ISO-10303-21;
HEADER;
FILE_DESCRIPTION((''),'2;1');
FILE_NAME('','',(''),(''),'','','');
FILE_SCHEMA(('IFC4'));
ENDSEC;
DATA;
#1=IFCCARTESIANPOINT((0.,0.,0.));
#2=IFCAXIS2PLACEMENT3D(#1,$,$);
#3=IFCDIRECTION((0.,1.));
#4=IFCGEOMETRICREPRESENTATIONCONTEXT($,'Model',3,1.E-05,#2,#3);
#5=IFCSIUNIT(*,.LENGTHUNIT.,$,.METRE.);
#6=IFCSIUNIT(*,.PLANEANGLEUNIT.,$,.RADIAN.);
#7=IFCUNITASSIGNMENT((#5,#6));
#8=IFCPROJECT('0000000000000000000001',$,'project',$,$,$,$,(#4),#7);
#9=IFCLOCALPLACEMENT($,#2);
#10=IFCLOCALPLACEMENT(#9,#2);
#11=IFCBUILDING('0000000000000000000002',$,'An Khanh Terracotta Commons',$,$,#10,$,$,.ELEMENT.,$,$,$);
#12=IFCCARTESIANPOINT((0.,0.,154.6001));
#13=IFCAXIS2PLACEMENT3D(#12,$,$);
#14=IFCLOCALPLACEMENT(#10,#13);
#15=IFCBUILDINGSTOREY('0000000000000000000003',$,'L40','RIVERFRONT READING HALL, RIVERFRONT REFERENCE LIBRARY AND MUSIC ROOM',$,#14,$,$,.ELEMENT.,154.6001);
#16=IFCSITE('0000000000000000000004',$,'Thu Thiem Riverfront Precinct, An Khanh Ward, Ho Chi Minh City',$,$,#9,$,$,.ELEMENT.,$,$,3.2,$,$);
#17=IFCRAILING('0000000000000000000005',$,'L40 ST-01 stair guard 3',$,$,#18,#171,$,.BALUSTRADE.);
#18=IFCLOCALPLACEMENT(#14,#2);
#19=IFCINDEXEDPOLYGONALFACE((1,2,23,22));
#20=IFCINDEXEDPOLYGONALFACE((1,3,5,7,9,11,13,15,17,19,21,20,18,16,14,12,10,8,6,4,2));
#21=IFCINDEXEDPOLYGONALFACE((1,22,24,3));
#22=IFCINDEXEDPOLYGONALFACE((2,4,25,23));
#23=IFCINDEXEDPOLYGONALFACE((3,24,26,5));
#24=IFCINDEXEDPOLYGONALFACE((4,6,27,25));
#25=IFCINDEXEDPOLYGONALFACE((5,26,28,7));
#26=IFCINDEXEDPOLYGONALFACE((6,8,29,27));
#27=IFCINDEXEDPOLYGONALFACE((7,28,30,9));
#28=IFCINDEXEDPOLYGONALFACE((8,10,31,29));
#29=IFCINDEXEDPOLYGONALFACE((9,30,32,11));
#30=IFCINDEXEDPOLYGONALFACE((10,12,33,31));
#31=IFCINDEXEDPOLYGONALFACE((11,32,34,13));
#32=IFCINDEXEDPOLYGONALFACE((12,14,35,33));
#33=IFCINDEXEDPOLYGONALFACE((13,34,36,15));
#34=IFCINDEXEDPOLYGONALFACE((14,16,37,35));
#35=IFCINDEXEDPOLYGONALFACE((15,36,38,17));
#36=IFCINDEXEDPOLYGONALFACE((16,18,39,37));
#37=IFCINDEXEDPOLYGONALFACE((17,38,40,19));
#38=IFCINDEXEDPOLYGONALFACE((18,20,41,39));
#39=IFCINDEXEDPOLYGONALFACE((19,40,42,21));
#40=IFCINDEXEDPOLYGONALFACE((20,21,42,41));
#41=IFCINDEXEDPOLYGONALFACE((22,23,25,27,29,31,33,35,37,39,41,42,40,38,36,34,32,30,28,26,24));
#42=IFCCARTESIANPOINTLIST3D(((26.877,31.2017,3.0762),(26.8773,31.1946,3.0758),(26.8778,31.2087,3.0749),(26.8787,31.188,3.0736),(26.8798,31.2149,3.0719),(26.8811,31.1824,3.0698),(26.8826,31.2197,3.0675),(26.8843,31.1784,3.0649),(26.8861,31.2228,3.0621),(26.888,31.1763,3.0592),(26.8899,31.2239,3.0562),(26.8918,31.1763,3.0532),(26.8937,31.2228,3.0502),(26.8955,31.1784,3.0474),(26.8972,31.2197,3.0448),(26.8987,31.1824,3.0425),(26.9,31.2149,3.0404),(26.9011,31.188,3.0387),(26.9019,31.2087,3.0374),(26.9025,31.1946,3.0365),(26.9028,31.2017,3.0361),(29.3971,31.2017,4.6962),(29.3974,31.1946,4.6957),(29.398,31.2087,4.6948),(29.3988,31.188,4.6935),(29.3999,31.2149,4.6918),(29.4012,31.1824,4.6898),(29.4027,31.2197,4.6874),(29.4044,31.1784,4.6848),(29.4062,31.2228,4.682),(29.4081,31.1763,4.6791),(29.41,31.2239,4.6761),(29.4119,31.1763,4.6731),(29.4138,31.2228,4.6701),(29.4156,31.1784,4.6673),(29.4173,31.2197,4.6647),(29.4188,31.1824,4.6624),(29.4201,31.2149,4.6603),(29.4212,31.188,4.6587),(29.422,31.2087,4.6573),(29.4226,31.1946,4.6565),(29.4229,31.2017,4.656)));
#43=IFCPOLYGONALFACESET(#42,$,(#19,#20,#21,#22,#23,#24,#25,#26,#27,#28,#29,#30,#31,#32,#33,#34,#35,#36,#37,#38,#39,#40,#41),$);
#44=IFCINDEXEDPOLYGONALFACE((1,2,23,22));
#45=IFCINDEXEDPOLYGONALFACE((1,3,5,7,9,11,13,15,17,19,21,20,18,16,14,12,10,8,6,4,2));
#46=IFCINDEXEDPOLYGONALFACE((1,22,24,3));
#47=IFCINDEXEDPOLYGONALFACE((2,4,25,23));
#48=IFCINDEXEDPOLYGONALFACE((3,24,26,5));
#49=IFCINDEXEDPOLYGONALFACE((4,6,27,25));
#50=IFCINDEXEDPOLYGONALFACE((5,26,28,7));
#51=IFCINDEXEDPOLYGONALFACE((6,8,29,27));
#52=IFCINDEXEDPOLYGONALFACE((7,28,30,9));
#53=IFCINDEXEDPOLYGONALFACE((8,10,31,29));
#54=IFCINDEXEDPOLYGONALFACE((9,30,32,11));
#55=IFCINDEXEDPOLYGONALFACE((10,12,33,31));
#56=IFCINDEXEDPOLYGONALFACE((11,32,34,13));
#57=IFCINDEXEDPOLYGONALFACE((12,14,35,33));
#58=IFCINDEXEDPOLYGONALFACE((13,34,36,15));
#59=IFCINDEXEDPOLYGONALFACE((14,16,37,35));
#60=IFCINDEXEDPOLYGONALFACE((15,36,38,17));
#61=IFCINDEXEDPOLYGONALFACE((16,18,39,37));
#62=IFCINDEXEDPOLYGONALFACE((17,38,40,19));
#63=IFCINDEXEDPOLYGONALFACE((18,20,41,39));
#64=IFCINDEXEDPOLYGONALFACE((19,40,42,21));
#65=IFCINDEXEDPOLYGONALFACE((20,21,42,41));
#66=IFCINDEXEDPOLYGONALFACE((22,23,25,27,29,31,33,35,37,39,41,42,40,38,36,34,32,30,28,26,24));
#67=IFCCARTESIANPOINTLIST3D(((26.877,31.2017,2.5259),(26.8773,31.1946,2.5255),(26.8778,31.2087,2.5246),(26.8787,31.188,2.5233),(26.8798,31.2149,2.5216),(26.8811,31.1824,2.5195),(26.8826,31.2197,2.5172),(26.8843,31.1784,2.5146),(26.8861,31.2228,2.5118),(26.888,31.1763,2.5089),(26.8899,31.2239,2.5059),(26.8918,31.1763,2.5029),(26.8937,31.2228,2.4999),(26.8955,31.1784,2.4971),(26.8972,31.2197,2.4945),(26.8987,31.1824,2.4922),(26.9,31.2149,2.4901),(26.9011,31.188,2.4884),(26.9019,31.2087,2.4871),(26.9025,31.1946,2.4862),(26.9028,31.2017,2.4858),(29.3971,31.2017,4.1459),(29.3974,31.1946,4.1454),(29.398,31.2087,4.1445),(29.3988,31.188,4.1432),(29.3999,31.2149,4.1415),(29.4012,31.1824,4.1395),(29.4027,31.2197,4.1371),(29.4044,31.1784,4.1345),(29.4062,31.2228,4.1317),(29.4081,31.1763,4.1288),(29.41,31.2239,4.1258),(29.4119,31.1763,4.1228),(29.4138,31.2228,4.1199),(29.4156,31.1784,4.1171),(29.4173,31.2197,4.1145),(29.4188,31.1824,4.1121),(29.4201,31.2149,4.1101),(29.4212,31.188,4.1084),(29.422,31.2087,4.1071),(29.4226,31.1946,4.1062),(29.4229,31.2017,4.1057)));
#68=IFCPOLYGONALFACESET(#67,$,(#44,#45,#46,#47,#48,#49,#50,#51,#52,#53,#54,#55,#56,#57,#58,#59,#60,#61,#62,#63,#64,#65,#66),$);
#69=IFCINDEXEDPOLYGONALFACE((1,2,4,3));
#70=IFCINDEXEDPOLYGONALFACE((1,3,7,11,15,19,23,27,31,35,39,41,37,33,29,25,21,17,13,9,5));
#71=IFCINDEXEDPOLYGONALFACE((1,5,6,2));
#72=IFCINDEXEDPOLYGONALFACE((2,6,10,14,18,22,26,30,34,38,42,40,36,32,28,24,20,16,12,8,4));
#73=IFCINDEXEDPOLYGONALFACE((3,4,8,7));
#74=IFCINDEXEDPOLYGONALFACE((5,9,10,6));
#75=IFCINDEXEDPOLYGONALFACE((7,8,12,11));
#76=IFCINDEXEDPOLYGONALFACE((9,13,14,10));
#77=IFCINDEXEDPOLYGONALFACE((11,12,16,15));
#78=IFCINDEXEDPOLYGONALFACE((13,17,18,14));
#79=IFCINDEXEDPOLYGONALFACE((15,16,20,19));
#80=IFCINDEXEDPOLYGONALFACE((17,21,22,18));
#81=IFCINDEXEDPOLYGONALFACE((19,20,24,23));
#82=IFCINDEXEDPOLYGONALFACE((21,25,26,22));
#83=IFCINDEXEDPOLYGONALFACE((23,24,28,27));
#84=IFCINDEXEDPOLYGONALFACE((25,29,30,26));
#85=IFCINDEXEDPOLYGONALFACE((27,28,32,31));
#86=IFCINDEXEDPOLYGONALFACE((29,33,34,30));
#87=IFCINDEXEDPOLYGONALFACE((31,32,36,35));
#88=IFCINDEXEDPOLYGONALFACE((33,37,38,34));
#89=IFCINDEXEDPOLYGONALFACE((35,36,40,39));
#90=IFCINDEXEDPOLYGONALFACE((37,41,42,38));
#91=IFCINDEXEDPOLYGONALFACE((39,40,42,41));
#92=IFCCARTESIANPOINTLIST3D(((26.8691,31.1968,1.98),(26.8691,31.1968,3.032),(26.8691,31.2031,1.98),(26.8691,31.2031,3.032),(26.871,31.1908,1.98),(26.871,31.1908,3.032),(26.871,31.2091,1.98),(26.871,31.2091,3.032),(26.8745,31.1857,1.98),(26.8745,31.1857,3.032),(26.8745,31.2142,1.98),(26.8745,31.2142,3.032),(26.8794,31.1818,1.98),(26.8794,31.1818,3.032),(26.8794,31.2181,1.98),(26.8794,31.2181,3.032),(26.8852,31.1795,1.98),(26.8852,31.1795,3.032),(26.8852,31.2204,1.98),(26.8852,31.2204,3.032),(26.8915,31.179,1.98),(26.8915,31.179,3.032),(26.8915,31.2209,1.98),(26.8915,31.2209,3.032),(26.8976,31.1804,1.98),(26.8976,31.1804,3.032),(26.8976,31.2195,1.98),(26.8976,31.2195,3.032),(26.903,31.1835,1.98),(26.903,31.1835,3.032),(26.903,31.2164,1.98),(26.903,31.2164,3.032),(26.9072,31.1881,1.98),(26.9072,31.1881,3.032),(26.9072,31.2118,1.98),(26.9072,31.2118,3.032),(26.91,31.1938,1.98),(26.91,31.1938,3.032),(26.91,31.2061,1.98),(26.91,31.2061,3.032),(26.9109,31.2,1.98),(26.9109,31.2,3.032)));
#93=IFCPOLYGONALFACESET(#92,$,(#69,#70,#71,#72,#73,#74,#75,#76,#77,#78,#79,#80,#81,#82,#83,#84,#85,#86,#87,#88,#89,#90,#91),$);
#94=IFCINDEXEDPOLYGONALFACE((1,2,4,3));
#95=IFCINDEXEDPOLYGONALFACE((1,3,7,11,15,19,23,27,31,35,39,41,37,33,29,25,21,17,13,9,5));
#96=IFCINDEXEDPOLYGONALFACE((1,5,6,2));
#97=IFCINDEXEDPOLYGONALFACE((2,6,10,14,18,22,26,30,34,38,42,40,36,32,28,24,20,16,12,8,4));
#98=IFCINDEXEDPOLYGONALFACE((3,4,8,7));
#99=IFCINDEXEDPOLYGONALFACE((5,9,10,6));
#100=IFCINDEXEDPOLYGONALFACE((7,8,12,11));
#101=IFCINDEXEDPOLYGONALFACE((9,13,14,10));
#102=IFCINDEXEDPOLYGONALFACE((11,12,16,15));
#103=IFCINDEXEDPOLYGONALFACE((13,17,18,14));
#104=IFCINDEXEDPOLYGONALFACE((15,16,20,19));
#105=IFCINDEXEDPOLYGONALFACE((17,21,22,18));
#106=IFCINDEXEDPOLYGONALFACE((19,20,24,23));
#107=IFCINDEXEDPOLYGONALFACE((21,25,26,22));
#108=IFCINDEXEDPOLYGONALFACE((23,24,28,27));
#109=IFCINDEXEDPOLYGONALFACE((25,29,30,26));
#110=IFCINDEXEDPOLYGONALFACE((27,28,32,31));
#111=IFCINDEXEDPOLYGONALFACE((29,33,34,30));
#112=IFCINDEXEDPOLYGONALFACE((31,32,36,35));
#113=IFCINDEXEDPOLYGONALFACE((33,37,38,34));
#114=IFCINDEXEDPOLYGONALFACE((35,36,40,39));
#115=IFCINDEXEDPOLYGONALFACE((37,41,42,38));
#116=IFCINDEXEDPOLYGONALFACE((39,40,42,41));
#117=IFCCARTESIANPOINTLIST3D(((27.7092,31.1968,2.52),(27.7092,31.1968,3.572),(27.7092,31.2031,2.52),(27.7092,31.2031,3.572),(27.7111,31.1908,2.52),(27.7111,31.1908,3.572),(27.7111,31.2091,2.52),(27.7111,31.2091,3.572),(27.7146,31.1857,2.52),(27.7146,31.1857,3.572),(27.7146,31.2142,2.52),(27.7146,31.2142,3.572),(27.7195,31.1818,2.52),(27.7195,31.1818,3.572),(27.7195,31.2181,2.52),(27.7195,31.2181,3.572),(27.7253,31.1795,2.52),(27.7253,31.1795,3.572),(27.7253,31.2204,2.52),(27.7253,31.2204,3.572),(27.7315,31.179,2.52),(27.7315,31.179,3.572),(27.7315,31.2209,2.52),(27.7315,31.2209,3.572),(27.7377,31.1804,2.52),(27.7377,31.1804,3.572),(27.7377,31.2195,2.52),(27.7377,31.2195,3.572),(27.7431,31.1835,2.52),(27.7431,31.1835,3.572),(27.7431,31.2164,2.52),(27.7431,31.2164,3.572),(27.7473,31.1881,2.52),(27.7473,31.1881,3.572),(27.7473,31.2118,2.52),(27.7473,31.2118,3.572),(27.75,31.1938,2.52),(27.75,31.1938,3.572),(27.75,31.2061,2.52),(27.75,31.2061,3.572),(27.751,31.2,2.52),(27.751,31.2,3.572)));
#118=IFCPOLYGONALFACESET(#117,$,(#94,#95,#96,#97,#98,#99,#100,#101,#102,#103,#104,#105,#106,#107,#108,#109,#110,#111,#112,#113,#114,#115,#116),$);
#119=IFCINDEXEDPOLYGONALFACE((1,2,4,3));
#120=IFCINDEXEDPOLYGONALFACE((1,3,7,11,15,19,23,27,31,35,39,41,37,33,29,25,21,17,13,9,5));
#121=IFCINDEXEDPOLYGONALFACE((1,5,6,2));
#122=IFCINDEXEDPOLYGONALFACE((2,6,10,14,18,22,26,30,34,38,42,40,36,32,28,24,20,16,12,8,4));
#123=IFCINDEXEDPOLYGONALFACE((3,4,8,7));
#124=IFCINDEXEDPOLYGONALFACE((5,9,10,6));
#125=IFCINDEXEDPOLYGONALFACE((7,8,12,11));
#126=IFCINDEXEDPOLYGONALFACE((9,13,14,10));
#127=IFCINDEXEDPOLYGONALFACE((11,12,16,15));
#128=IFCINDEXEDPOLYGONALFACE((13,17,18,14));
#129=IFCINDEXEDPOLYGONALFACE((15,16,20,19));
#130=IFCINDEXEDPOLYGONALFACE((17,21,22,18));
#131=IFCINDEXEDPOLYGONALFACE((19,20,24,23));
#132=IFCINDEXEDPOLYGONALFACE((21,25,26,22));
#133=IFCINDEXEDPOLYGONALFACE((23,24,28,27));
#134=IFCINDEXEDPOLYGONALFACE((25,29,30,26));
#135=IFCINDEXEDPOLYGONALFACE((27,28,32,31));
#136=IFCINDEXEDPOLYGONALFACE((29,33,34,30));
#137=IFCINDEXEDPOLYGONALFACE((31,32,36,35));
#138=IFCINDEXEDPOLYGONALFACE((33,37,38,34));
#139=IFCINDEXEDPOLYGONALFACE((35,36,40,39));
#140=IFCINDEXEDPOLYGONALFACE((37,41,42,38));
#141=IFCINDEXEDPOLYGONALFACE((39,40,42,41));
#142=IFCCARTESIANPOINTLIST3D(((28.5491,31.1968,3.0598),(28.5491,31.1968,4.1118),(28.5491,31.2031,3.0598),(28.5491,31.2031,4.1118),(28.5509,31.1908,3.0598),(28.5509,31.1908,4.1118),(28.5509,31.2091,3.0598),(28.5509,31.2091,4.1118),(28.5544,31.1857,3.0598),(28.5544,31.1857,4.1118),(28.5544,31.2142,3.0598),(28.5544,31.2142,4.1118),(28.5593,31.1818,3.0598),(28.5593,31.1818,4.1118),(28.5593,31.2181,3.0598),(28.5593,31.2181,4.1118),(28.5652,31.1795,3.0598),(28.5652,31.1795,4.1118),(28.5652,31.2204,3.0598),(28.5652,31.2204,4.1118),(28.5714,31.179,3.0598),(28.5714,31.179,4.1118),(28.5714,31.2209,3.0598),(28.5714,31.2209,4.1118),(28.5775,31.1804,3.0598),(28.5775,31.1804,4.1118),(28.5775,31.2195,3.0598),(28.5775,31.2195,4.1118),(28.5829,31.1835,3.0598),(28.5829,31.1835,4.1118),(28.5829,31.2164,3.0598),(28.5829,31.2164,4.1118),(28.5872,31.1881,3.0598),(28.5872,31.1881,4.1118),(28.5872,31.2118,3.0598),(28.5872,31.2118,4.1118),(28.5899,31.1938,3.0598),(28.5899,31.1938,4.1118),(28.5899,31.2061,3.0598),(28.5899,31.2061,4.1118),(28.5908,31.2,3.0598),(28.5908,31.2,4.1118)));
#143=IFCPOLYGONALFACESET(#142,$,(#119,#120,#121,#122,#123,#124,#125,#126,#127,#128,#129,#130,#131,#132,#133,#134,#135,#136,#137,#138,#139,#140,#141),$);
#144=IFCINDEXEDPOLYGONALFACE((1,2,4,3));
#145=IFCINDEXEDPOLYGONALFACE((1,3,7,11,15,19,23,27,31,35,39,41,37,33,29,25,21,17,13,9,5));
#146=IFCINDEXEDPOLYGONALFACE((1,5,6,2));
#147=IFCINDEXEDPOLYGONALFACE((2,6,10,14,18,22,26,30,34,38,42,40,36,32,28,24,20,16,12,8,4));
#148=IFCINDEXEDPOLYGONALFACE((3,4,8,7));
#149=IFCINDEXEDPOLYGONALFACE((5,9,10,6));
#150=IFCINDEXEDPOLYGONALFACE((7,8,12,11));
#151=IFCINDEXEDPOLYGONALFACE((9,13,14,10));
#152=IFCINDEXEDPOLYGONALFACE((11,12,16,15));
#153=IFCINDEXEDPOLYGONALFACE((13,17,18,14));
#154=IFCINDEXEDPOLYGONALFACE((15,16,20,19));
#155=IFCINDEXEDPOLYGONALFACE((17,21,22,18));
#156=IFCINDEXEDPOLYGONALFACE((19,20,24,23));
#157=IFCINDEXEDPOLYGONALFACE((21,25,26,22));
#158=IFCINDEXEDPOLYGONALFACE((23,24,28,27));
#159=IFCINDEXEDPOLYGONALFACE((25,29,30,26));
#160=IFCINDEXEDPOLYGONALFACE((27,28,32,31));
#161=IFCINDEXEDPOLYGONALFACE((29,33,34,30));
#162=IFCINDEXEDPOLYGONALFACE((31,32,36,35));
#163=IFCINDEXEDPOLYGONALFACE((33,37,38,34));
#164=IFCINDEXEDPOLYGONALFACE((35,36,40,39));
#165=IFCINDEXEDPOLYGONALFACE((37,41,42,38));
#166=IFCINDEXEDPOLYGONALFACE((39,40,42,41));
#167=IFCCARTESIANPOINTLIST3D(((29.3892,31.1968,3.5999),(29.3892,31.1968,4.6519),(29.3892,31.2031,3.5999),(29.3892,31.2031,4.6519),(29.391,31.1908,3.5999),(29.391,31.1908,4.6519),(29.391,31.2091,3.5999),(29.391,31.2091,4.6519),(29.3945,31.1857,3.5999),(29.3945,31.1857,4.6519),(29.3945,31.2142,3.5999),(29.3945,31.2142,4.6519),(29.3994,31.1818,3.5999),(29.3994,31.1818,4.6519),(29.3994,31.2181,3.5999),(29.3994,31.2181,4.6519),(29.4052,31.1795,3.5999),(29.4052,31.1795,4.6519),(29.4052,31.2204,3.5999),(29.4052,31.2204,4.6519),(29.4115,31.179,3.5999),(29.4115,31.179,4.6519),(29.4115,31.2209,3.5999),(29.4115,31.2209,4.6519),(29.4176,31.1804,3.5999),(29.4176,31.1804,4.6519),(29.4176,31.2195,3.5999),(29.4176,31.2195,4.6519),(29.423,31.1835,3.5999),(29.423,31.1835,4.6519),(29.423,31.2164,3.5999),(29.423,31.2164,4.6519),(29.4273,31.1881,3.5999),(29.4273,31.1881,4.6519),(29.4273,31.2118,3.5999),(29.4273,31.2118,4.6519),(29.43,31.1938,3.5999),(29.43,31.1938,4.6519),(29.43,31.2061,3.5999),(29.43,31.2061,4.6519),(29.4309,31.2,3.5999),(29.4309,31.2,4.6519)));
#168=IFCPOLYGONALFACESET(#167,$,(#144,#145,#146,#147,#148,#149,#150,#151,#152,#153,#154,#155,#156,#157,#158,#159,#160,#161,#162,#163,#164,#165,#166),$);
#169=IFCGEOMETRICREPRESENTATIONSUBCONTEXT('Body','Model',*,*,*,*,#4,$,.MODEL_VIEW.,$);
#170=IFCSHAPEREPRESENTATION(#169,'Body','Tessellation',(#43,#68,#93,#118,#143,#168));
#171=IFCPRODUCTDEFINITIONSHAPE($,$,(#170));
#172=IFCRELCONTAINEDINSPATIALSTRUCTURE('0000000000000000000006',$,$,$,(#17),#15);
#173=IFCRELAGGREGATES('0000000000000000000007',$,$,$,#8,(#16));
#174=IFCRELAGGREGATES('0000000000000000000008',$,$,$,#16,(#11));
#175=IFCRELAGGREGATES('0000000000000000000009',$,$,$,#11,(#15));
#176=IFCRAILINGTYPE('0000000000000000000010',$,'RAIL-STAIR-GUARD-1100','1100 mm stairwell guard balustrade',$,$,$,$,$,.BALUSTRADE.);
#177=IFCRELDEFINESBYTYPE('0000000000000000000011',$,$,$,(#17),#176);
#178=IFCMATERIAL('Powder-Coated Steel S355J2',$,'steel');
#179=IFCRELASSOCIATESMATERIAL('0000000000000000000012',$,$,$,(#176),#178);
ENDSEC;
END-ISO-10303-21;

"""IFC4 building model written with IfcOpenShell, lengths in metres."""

from ifc_helpers import new_model, si_unit, direction, frame, origin, origin_2d, place, context, subcontext, project, spatial, circle, extrude, material, type_object, element, save


model = new_model("IFC4")

# Units and contexts
model_context = context("Model", 3, precision=1e-05, world=origin(), true_north=direction((0.0, 1.0)))
body_context = subcontext(model_context, "Body", "Model", "MODEL_VIEW")
ifc_project = project(units=[si_unit("LENGTHUNIT", "METRE"), si_unit("PLANEANGLEUNIT", "RADIAN")], contexts=[model_context])

# Site, building, storey
site_placement = place(None, origin())
site = spatial("IfcSite", under=ifc_project, at=site_placement, Name="Thu Thiem Riverfront Precinct, An Khanh Ward, Ho Chi Minh City", CompositionType="ELEMENT", RefElevation=3.2)
building_placement = place(site_placement, origin())
building = spatial("IfcBuilding", under=site, at=building_placement, Name="An Khanh Terracotta Commons", CompositionType="ELEMENT")
storey_placement = place(building_placement, frame((0.0, 0.0, 154.6001)))
storey = spatial("IfcBuildingStorey", under=building, at=storey_placement, Name="L40", Description="RIVERFRONT READING HALL, RIVERFRONT REFERENCE LIBRARY AND MUSIC ROOM", CompositionType="ELEMENT", Elevation=154.6001)

# Railing
ifc_material_1 = material(Name="Powder-Coated Steel S355J2", Category="steel")
railing_type_1 = type_object("IfcRailingType", Name="RAIL-STAIR-GUARD-1100", Description="1100 mm stairwell guard balustrade", PredefinedType="BALUSTRADE", material=ifc_material_1)
railing_1_placement = place(storey_placement, frame((26.8899, 31.2, 1.98)))
element("IfcRailing", 1, at=railing_1_placement, inside=storey, type_object=railing_type_1, Name="L40 ST-01 stair guard 3", PredefinedType="BALUSTRADE", context=body_context, shape_type="SweptSolid", body=[
    extrude(circle(Radius=0.0239, at=origin_2d()), frame((0.0, 0.0, 1.0762), z_axis=(0.8412, 0.0, 0.540725), x_axis=(0.0, 1.0, 0.0)), (0.0, 0.0, 1.0), 2.9958),
    extrude(circle(Radius=0.0239, at=origin_2d()), frame((0.0, 0.0, 0.5259), z_axis=(0.8412, 0.0, 0.540725), x_axis=(0.0, 1.0, 0.0)), (0.0, 0.0, 1.0), 2.9958),
    extrude(circle(Radius=0.021, at=origin_2d()), origin(), (0.0, 0.0, 1.0), 1.052),
    extrude(circle(Radius=0.021, at=origin_2d()), frame((0.8401, 0.0, 0.54)), (0.0, 0.0, 1.0), 1.052),
    extrude(circle(Radius=0.021, at=origin_2d()), frame((1.6799, 0.0, 1.0798)), (0.0, 0.0, 1.0), 1.052),
    extrude(circle(Radius=0.021, at=origin_2d()), frame((2.52, 0.0, 1.6199)), (0.0, 0.0, 1.0), 1.052),
])

save(model, "model.ifc")
